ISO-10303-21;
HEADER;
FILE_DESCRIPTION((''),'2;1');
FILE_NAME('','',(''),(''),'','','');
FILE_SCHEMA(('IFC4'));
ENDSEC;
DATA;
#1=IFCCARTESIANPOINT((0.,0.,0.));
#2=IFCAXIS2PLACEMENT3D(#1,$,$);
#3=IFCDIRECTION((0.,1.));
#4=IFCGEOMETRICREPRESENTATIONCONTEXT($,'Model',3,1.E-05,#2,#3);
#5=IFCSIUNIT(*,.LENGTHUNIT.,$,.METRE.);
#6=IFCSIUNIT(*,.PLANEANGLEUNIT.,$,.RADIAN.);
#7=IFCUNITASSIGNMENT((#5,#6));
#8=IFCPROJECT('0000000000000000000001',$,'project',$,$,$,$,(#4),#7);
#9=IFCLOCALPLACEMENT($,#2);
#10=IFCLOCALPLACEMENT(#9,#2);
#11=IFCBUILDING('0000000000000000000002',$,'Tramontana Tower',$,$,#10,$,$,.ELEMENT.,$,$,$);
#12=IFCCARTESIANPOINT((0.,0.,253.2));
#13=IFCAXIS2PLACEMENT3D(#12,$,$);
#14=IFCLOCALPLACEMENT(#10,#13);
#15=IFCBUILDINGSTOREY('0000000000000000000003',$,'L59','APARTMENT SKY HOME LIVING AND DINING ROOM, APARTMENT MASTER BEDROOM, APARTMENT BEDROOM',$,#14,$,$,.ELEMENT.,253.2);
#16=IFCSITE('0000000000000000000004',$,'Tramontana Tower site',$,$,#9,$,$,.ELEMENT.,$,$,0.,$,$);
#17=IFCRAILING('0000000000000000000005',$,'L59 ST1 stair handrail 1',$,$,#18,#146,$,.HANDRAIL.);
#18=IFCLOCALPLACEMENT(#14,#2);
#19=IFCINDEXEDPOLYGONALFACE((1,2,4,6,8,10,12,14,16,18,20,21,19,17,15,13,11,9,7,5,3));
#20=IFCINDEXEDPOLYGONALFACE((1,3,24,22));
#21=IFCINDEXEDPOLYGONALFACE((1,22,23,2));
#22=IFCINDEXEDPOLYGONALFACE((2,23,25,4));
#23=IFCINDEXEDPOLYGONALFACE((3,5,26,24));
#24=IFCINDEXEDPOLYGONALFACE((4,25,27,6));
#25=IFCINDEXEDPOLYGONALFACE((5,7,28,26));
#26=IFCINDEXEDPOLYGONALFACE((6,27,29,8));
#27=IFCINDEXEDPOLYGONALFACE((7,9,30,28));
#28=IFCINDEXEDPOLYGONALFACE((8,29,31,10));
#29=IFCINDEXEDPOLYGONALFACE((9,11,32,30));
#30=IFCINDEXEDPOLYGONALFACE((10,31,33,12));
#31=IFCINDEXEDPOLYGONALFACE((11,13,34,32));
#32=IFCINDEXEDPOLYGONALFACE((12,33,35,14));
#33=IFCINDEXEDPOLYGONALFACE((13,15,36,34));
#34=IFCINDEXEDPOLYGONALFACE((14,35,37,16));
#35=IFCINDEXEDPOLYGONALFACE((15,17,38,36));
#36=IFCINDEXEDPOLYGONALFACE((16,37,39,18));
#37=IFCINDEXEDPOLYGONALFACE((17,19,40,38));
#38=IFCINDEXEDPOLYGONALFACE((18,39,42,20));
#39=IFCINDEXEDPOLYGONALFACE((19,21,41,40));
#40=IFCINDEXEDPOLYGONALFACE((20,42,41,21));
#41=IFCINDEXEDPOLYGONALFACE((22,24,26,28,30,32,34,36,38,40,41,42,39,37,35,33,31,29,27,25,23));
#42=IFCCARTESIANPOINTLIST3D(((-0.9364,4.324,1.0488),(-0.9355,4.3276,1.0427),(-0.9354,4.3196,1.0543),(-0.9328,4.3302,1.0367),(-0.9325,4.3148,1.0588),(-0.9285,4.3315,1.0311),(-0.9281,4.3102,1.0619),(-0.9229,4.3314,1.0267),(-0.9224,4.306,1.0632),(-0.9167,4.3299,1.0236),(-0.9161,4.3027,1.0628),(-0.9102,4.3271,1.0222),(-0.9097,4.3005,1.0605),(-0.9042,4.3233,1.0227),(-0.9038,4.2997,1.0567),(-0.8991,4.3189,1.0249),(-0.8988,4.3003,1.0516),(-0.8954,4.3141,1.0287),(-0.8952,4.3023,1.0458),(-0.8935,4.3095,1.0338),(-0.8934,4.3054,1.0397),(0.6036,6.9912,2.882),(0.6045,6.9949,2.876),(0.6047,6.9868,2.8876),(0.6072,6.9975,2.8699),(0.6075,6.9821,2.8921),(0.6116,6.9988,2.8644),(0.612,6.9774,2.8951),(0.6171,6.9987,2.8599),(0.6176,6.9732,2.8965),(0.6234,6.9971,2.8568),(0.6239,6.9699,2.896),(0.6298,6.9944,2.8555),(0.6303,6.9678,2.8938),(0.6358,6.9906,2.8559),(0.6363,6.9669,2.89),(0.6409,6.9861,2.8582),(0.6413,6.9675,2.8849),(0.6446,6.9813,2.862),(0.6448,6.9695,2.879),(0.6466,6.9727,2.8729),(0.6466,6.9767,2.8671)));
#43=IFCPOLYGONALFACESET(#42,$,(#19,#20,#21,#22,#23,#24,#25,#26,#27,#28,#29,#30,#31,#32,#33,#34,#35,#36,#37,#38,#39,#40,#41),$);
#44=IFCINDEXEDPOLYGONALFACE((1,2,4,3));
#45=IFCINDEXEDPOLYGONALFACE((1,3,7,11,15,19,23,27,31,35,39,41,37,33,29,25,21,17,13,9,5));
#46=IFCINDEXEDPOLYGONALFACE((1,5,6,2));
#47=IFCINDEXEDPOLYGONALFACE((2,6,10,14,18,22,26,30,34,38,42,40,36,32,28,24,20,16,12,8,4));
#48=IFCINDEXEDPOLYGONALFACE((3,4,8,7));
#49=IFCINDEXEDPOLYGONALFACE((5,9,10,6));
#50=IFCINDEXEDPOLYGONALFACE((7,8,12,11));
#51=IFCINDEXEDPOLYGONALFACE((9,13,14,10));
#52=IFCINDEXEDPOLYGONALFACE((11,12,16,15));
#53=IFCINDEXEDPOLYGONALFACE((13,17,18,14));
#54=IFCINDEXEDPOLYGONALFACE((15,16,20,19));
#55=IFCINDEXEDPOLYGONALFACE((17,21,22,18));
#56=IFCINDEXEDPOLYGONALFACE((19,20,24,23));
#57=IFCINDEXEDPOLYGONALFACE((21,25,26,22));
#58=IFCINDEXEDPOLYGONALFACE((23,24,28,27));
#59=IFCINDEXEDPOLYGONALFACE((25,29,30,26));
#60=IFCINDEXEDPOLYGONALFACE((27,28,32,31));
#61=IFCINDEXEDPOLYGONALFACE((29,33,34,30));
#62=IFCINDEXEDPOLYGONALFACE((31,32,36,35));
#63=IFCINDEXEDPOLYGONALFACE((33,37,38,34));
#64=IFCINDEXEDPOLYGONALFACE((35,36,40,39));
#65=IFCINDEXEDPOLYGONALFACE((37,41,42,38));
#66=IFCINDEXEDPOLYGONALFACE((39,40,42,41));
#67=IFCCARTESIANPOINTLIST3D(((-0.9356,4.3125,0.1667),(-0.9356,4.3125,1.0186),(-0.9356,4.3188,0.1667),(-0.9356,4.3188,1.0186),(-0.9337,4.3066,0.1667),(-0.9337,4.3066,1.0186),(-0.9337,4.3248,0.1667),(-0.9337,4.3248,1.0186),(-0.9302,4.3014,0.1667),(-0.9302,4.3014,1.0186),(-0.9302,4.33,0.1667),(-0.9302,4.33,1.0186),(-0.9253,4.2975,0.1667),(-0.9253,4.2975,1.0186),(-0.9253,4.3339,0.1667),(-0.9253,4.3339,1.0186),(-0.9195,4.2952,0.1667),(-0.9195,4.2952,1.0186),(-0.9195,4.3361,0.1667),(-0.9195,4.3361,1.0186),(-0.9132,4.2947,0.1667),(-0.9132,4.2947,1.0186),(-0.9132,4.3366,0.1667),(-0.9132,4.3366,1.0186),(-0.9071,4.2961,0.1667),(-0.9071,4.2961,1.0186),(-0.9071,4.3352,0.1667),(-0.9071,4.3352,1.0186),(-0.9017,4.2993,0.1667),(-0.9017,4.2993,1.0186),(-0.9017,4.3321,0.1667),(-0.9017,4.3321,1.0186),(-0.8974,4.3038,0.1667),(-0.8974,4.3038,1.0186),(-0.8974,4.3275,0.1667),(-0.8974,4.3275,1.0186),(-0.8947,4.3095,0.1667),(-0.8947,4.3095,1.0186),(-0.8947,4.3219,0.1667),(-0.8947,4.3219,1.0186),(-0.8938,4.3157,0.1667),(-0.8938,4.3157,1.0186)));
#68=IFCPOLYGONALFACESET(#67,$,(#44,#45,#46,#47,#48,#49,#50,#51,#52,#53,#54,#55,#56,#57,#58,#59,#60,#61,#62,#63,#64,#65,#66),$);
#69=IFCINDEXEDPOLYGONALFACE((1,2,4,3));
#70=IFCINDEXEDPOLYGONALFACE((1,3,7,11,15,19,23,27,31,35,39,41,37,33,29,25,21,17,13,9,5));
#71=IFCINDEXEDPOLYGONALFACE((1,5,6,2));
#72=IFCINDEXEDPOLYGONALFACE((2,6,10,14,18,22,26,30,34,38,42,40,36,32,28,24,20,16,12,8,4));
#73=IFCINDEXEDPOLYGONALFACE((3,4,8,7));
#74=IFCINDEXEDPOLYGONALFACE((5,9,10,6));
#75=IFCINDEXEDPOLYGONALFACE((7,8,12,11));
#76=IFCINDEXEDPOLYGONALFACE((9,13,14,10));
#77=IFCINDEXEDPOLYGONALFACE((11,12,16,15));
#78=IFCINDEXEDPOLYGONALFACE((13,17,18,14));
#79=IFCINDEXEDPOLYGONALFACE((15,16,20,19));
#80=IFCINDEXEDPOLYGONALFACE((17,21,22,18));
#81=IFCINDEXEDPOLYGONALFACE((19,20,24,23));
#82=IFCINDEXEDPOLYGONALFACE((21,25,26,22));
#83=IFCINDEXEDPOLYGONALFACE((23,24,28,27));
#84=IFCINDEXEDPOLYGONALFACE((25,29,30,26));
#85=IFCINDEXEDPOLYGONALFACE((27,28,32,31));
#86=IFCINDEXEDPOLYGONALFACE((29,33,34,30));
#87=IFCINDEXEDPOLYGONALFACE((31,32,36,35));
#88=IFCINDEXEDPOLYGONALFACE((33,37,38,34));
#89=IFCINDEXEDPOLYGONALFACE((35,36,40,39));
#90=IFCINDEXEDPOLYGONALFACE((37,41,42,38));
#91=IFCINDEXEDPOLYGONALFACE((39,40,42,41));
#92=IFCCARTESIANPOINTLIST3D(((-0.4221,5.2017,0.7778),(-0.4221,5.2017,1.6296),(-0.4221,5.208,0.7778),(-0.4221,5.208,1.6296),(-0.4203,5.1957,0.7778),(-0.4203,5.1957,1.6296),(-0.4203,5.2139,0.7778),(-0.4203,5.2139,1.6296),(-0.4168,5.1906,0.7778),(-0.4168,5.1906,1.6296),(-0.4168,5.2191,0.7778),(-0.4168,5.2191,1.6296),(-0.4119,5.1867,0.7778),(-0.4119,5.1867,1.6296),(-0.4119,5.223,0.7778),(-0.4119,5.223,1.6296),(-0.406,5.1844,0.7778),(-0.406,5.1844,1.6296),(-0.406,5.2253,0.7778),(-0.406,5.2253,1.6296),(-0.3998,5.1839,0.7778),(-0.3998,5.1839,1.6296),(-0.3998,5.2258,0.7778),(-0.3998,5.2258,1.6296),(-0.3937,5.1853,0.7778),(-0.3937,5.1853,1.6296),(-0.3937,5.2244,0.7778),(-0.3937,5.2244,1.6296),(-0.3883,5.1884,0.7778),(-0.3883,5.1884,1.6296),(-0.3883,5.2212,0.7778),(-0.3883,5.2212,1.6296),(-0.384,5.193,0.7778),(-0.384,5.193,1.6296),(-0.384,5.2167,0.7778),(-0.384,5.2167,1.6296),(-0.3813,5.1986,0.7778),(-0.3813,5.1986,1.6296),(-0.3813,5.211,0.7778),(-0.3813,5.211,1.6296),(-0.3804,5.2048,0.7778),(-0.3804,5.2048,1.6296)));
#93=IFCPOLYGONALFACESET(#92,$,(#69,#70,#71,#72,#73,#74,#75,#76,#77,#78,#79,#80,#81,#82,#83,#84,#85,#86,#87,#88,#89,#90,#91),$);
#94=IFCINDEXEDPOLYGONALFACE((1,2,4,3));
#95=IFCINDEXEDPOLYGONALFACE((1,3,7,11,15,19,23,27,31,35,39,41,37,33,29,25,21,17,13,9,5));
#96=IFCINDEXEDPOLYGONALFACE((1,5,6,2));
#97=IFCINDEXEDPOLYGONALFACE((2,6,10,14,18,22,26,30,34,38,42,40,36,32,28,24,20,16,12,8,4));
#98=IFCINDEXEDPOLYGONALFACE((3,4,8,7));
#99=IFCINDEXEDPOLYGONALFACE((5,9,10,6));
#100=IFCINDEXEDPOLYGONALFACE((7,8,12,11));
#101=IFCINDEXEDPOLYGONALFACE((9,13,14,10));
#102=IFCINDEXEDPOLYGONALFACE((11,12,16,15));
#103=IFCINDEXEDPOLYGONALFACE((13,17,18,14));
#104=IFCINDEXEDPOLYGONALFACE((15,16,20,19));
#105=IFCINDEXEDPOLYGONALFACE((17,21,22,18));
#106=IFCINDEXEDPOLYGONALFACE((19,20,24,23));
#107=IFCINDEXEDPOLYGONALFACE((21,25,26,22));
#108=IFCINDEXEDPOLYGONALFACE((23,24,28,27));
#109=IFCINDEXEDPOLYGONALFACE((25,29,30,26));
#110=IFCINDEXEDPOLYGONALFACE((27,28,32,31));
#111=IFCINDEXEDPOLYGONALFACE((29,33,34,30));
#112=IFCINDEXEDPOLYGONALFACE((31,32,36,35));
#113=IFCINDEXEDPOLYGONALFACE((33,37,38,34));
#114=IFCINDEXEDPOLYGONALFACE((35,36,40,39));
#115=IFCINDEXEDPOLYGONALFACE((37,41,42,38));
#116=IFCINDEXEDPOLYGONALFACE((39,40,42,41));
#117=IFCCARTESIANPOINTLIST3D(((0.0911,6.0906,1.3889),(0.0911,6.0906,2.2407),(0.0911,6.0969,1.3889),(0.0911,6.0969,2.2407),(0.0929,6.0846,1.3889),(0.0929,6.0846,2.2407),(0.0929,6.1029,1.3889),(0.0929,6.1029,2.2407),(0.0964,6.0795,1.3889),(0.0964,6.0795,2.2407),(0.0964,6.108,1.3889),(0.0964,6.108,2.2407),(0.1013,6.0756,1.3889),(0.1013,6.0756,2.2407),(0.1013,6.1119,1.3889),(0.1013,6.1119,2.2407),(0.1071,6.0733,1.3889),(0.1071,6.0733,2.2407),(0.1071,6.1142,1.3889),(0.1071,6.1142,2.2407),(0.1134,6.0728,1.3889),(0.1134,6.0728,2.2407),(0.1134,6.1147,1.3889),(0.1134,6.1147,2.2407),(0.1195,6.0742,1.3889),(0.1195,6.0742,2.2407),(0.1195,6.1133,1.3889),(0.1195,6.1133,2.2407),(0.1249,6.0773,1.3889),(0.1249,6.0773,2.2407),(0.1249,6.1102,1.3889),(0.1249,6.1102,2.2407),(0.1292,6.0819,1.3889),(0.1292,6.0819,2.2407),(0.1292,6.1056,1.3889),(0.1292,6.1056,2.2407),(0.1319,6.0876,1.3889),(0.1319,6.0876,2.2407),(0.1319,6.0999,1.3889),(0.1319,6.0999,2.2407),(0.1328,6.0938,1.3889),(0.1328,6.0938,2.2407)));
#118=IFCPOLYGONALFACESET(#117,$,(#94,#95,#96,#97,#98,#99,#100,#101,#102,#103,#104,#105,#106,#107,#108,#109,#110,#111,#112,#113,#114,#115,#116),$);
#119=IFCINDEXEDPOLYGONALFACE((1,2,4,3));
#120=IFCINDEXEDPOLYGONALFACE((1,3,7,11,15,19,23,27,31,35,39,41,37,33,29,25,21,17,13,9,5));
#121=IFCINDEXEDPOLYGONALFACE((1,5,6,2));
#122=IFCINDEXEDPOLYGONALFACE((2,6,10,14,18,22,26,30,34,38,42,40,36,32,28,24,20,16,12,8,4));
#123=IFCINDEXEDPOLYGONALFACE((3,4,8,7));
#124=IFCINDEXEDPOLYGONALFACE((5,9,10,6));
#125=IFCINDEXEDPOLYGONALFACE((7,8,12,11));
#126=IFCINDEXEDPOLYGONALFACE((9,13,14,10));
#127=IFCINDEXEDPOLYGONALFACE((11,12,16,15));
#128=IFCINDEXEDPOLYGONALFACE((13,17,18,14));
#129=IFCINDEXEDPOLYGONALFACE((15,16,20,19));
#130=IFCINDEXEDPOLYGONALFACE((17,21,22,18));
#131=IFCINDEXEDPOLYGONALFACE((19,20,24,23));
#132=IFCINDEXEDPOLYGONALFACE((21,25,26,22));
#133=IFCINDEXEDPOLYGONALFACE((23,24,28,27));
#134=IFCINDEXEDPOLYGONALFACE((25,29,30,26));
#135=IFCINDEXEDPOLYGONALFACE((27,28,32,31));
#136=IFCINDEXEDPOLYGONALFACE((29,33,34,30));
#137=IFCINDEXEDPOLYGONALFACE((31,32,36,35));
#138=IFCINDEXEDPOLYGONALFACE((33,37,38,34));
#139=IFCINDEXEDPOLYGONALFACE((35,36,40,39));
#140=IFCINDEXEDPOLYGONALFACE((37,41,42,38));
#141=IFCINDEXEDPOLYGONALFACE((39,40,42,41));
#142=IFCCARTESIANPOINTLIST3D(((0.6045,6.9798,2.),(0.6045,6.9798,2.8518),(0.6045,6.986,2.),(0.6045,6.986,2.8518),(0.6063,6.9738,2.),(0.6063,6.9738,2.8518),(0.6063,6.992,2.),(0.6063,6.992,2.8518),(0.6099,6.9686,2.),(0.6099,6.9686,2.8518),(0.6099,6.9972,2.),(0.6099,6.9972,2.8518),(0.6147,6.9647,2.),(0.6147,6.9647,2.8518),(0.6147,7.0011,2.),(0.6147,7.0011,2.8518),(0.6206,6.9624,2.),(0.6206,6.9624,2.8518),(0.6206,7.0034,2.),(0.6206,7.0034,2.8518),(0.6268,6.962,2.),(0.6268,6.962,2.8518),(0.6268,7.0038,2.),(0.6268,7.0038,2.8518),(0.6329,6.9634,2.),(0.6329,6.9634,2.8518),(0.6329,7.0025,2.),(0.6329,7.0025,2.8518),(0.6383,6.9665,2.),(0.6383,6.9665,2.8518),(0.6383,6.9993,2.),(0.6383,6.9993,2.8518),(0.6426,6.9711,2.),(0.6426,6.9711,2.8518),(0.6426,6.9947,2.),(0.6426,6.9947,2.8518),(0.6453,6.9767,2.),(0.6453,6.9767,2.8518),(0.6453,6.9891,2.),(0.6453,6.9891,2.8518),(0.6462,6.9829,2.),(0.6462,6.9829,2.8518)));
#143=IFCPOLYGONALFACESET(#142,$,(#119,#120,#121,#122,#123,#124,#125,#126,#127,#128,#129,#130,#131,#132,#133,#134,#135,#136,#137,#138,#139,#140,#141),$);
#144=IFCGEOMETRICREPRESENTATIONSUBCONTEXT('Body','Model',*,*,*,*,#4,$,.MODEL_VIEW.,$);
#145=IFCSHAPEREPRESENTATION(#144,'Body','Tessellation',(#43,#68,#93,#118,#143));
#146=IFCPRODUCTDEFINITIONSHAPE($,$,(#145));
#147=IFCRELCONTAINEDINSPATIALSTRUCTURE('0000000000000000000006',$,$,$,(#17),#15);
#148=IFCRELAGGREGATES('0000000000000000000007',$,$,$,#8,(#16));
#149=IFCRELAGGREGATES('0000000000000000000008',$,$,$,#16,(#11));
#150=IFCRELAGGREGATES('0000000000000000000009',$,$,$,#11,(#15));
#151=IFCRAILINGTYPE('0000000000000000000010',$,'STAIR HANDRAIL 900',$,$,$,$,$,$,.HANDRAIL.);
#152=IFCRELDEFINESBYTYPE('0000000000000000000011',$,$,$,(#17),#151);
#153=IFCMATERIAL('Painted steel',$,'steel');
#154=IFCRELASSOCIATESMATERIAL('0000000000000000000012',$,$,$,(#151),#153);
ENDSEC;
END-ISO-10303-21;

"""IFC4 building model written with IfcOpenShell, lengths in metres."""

from ifc_helpers import new_model, si_unit, direction, frame, origin, origin_2d, place, context, subcontext, project, spatial, circle, extrude, material, type_object, element, save


model = new_model("IFC4")

# Units and contexts
model_context = context("Model", 3, precision=1e-05, world=origin(), true_north=direction((0.0, 1.0)))
body_context = subcontext(model_context, "Body", "Model", "MODEL_VIEW")
ifc_project = project(units=[si_unit("LENGTHUNIT", "METRE"), si_unit("PLANEANGLEUNIT", "RADIAN")], contexts=[model_context])

# Site, building, storey
site_placement = place(None, origin())
site = spatial("IfcSite", under=ifc_project, at=site_placement, Name="Tramontana Tower site", CompositionType="ELEMENT", RefElevation=0.0)
building_placement = place(site_placement, origin())
building = spatial("IfcBuilding", under=site, at=building_placement, Name="Tramontana Tower", CompositionType="ELEMENT")
storey_placement = place(building_placement, frame((0.0, 0.0, 253.2)))
storey = spatial("IfcBuildingStorey", under=building, at=storey_placement, Name="L59", Description="APARTMENT SKY HOME LIVING AND DINING ROOM, APARTMENT MASTER BEDROOM, APARTMENT BEDROOM", CompositionType="ELEMENT", Elevation=253.2)

# Railing
ifc_material_1 = material(Name="Painted steel", Category="steel")
railing_type_1 = type_object("IfcRailingType", Name="STAIR HANDRAIL 900", PredefinedType="HANDRAIL", material=ifc_material_1)
railing_1_placement = place(storey_placement, frame((-0.9148, 4.3157, 0.1667)))
element("IfcRailing", 1, at=railing_1_placement, inside=storey, type_object=railing_type_1, Name="L59 ST1 stair handrail 1", PredefinedType="HANDRAIL", context=body_context, shape_type="SweptSolid", body=[
    extrude(circle(Radius=0.0239, at=origin_2d()), frame((0.0, 0.0, 0.876), z_axis=(0.429671, 0.744159, 0.511478), x_axis=(-0.86601, 0.500027, 0.0)), (0.0, 0.0, 1.0), 3.5842),
    extrude(circle(Radius=0.021, at=origin_2d()), origin(), (0.0, 0.0, 1.0), 0.8518),
    extrude(circle(Radius=0.021, at=origin_2d()), frame((0.5134, 0.8892, 0.6111)), (0.0, 0.0, 1.0), 0.8518),
    extrude(circle(Radius=0.021, at=origin_2d()), frame((1.0266, 1.7781, 1.2222)), (0.0, 0.0, 1.0), 0.8518),
    extrude(circle(Radius=0.021, at=origin_2d()), frame((1.54, 2.6672, 1.8333)), (0.0, 0.0, 1.0), 0.8518),
])

save(model, "model.ifc")
